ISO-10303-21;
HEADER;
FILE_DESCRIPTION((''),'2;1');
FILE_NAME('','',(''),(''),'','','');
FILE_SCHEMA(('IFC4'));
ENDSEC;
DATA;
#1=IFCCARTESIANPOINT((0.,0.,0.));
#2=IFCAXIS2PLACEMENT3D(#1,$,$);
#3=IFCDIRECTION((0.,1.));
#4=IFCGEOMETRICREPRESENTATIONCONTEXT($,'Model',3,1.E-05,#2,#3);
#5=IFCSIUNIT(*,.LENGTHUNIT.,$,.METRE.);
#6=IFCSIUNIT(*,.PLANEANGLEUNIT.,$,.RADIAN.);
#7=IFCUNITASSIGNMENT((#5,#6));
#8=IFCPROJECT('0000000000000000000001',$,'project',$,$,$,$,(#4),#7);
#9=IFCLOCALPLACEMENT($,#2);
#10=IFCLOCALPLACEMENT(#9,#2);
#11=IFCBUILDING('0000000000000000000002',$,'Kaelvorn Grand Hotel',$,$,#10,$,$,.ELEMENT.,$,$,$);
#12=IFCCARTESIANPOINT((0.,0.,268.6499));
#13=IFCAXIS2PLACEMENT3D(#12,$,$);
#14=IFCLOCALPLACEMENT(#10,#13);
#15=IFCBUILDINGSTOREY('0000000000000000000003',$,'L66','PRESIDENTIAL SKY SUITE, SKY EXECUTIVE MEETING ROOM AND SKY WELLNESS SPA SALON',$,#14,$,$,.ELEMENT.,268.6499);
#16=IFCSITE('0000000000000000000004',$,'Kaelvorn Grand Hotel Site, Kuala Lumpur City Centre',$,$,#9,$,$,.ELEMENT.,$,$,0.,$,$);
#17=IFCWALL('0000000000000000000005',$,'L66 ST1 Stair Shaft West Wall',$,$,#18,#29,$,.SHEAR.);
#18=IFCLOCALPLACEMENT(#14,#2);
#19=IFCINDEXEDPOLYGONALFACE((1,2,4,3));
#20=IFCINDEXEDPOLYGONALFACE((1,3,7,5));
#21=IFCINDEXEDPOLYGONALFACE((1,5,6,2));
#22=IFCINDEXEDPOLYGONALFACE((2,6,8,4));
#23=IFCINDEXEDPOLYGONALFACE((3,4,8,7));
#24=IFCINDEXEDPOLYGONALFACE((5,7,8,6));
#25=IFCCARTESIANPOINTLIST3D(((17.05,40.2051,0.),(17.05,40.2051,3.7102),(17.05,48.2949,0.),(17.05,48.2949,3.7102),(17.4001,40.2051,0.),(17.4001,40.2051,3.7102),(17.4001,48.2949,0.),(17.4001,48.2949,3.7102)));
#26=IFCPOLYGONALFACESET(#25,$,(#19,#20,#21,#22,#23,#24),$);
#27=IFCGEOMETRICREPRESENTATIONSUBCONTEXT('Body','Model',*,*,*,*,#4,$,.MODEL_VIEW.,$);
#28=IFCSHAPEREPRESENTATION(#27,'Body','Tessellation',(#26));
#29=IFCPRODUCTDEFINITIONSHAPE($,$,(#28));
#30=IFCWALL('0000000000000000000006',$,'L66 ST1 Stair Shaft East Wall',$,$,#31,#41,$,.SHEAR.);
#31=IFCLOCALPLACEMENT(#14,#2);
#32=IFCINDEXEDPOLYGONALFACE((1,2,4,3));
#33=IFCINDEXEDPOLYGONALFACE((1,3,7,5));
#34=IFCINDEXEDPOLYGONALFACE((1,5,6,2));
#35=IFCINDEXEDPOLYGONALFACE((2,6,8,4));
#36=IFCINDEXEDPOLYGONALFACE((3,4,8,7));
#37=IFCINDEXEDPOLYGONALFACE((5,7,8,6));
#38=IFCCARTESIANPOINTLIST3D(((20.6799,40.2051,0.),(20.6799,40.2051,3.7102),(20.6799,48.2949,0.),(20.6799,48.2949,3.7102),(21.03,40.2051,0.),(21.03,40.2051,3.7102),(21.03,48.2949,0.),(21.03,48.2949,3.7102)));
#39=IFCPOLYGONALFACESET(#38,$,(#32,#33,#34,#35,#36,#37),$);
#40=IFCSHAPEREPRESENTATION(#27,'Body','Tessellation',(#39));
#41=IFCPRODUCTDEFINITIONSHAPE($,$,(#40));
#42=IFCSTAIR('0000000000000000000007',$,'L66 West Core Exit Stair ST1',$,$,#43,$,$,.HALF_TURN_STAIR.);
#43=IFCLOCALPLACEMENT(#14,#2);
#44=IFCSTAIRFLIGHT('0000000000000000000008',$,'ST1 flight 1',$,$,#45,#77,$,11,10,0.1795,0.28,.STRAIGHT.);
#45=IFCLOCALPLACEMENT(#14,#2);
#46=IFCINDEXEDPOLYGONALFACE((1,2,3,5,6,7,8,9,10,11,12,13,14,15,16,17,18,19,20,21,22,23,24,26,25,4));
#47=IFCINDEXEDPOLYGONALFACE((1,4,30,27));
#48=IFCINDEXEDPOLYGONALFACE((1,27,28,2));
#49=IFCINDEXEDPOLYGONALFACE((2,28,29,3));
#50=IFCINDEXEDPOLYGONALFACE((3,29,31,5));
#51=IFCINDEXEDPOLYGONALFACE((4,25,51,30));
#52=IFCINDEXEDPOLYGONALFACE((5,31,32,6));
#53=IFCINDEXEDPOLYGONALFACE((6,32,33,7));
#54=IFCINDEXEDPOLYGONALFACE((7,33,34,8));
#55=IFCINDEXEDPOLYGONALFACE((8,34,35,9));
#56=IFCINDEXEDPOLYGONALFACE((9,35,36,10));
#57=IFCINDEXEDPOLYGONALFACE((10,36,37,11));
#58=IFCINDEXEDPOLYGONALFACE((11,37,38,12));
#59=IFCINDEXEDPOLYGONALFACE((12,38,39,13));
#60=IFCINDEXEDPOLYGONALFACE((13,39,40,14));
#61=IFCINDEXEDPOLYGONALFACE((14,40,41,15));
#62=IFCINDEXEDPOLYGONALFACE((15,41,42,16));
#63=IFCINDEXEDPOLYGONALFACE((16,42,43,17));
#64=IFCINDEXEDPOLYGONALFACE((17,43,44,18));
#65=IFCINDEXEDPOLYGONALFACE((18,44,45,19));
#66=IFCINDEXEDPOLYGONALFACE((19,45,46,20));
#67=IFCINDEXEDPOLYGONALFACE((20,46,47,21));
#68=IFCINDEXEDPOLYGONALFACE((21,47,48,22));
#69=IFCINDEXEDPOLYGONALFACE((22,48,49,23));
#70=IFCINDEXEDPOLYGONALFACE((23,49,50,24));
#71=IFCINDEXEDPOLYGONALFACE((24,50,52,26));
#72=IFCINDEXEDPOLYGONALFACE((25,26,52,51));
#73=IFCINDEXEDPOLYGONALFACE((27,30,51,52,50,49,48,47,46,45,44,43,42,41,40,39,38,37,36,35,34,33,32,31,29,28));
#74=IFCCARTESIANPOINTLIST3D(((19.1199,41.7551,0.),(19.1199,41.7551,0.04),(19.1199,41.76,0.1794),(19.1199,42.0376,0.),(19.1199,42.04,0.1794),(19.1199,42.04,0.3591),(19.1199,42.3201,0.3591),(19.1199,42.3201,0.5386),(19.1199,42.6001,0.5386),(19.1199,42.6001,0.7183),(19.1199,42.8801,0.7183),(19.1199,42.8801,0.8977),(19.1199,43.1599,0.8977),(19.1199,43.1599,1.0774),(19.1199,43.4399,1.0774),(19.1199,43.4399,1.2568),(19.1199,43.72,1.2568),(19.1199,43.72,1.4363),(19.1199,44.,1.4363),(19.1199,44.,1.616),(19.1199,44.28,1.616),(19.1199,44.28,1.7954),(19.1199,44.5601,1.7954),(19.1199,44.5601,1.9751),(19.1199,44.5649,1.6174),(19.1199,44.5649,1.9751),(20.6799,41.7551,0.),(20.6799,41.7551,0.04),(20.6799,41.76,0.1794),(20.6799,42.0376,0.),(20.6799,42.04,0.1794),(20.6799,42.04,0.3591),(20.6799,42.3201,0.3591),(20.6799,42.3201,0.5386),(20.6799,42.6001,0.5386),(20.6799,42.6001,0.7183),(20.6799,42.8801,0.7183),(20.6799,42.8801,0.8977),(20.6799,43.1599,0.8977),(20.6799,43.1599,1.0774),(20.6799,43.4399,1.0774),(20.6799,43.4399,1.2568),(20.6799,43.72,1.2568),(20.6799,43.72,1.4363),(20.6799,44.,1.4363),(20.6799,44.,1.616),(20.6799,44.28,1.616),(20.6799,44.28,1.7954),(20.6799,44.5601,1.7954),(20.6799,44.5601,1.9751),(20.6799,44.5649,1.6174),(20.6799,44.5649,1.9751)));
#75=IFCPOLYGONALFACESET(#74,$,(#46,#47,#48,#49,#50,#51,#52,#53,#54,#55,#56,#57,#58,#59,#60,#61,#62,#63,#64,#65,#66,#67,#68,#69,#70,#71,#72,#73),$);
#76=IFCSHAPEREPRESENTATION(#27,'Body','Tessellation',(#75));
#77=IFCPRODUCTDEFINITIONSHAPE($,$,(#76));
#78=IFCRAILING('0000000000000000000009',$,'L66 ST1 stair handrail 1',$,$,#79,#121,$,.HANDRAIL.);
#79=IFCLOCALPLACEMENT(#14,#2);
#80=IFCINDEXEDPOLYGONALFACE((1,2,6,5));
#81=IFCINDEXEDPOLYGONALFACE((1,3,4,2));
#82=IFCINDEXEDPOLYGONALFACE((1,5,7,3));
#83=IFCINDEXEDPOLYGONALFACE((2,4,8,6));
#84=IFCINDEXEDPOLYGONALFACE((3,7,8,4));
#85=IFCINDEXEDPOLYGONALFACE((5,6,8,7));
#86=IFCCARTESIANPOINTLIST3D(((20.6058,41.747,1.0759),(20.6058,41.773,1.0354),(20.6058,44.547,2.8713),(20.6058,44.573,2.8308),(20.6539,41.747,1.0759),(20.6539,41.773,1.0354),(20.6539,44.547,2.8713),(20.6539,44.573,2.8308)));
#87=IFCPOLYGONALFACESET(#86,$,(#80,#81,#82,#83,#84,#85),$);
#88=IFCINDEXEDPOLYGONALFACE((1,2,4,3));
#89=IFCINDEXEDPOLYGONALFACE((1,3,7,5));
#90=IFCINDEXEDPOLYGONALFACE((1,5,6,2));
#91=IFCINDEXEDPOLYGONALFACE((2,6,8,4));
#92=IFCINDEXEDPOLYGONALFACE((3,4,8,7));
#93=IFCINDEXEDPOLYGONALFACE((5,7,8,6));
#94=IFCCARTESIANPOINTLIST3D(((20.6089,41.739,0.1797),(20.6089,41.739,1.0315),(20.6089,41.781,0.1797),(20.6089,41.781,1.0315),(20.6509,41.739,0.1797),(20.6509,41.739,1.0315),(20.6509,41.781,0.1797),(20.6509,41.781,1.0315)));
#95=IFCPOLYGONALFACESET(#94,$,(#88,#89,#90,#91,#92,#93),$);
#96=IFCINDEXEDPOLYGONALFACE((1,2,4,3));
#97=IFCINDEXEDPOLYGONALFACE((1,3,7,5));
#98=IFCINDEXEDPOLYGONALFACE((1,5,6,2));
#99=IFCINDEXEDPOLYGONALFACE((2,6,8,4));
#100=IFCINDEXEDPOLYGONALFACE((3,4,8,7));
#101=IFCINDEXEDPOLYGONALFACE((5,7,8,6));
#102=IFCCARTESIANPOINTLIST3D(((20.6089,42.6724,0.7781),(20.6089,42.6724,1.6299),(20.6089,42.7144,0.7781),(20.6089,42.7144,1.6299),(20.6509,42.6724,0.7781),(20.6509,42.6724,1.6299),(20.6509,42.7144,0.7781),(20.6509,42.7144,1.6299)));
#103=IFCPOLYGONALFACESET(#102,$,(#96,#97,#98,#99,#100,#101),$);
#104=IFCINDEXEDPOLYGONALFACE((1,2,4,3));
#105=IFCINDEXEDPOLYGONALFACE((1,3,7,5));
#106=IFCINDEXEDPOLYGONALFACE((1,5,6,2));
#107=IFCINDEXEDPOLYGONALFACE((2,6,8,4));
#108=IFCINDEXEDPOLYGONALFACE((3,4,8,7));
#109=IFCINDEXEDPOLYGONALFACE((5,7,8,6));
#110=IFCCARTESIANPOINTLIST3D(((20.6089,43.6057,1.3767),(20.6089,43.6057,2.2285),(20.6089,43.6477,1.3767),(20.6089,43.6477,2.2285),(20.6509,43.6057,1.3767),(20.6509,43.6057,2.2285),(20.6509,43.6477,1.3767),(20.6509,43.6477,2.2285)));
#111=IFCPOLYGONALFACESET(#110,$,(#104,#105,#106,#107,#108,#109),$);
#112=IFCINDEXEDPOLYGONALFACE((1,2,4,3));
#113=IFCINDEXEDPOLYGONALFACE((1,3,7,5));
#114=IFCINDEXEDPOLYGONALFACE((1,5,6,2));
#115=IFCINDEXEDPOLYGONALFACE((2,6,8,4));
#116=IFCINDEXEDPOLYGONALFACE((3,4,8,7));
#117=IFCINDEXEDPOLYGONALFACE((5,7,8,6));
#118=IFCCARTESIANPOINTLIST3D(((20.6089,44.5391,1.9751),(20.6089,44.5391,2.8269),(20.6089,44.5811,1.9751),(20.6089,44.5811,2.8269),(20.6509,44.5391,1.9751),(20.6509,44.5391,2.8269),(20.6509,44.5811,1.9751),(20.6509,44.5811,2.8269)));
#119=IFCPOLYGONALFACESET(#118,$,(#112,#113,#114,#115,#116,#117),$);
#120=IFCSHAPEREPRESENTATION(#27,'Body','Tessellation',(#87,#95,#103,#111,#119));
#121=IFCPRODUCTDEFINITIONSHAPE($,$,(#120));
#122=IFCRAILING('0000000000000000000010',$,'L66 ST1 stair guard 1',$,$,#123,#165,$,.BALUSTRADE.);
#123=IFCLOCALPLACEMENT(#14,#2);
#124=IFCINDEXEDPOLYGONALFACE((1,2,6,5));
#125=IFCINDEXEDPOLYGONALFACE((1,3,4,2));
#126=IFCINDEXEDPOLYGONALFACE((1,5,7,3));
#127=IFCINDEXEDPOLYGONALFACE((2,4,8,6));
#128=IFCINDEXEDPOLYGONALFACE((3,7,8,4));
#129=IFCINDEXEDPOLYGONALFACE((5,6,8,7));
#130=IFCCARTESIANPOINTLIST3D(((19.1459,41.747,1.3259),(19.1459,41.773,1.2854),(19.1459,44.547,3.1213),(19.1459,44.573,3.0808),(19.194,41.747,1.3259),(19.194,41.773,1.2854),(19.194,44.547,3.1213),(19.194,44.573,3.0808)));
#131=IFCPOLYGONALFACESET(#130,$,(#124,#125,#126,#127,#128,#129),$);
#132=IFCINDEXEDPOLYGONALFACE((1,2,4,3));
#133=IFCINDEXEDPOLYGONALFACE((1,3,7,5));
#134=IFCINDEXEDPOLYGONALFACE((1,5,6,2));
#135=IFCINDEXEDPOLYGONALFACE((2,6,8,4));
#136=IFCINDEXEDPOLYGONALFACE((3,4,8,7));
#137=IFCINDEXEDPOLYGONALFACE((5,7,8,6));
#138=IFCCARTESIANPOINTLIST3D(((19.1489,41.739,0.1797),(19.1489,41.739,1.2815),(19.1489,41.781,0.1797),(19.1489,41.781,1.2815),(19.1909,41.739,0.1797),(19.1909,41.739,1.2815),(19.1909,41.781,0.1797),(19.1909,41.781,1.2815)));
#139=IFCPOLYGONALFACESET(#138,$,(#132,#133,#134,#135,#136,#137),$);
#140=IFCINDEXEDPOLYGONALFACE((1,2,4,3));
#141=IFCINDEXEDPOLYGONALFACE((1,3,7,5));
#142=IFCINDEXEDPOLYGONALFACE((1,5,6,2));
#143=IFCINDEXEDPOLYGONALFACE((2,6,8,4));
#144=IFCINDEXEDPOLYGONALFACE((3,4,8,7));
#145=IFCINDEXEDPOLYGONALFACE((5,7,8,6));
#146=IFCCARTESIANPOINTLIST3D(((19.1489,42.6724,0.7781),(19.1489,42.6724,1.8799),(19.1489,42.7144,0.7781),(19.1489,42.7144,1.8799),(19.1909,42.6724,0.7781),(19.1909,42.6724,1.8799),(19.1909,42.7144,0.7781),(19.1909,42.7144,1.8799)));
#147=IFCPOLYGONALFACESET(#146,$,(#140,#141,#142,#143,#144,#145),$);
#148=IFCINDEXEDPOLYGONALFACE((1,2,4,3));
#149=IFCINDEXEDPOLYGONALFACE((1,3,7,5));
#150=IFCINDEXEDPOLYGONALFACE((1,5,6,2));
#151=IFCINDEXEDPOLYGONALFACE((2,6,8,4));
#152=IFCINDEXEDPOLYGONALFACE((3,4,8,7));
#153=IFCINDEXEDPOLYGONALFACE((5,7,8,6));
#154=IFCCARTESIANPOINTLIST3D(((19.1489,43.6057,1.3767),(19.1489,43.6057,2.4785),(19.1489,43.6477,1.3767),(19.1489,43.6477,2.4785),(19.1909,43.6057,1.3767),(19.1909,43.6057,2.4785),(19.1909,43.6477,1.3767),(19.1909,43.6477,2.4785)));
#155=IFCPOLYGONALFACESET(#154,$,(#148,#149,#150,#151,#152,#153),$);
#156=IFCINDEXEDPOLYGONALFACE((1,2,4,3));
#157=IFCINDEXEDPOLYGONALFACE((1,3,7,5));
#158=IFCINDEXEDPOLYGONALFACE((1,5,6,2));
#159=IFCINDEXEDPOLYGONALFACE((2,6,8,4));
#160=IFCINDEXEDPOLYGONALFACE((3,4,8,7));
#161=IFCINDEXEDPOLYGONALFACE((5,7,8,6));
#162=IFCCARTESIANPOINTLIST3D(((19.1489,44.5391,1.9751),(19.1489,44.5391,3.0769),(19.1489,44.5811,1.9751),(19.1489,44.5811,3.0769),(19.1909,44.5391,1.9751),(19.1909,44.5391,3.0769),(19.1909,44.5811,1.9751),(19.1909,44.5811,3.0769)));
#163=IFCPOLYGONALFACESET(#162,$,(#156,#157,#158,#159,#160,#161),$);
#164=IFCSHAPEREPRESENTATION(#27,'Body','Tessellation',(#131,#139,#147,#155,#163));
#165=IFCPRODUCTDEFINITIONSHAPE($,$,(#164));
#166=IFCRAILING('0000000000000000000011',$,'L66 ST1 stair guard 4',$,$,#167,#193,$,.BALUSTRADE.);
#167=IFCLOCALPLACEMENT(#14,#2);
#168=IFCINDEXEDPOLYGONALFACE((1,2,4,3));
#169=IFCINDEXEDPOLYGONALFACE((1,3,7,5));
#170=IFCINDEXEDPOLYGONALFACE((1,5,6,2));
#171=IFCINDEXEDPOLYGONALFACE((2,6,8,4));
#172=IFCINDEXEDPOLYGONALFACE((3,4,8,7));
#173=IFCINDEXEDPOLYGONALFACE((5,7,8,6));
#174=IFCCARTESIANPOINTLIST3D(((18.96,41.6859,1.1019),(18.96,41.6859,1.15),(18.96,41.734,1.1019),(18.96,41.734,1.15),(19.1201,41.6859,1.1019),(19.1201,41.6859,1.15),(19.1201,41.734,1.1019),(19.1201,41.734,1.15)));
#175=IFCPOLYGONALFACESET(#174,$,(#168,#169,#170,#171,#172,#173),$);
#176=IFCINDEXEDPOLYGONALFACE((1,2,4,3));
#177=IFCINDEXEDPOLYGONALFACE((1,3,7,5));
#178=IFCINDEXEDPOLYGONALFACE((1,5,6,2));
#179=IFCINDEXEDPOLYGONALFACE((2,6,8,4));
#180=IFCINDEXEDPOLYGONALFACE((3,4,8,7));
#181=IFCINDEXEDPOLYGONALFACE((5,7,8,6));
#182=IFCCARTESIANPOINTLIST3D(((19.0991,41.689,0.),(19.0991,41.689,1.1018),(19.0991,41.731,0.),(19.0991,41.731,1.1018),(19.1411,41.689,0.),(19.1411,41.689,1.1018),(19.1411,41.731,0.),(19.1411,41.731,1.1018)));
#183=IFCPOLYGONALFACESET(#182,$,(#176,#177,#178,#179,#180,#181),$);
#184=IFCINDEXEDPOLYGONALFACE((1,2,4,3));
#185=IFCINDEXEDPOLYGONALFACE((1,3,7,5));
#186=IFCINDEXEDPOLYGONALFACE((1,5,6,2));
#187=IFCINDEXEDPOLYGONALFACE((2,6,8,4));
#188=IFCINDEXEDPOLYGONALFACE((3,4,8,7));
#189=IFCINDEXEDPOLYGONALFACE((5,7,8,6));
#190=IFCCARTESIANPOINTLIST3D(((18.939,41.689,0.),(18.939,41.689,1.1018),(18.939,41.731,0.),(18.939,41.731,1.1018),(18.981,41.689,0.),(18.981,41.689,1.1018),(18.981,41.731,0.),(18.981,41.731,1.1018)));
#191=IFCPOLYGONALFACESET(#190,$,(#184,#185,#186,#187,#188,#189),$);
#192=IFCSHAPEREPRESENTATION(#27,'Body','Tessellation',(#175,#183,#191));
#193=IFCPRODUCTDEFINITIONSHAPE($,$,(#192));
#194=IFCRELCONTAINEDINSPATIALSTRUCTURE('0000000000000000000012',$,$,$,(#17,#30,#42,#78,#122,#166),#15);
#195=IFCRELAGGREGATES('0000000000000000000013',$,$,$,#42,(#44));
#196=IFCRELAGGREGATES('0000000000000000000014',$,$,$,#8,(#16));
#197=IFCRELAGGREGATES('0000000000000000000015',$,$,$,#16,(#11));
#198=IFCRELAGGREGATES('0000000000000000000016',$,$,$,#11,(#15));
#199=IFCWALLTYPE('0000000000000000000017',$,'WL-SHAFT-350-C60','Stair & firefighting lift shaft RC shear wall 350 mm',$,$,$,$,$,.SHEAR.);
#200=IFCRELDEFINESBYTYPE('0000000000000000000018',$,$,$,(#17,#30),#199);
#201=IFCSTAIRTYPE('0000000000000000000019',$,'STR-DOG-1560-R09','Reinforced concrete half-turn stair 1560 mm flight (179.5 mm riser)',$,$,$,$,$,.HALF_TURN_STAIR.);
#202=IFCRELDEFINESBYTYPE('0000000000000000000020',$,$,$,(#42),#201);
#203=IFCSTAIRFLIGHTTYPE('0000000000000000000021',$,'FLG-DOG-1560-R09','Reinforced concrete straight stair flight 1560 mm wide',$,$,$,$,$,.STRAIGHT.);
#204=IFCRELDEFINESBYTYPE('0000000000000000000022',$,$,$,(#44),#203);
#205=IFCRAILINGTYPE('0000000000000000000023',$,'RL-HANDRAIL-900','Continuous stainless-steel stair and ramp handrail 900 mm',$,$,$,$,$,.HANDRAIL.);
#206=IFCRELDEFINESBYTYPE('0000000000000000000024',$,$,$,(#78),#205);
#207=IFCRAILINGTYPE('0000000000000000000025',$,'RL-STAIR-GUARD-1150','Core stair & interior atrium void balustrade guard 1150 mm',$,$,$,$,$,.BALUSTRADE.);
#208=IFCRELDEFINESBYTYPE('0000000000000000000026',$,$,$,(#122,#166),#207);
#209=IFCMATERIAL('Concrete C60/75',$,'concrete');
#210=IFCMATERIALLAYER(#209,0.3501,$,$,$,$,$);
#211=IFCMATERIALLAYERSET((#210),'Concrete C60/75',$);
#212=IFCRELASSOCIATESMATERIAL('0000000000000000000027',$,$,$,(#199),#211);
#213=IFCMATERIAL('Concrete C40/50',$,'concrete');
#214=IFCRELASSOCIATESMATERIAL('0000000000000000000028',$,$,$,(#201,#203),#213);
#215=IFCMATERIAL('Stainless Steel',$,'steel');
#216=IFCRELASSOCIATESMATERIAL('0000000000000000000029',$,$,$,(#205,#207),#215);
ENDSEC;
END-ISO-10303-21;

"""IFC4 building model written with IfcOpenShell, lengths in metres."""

from ifc_helpers import new_model, si_unit, direction, frame, frame_2d, origin, origin_2d, place, context, subcontext, project, spatial, polyline, rectangle, outline, extrude, material, layer, layer_set, type_object, element, aggregate, save


model = new_model("IFC4")

# Units and contexts
model_context = context("Model", 3, precision=1e-05, world=origin(), true_north=direction((0.0, 1.0)))
body_context = subcontext(model_context, "Body", "Model", "MODEL_VIEW")
ifc_project = project(units=[si_unit("LENGTHUNIT", "METRE"), si_unit("PLANEANGLEUNIT", "RADIAN")], contexts=[model_context])

# Site, building, storey
site_placement = place(None, origin())
site = spatial("IfcSite", under=ifc_project, at=site_placement, Name="Kaelvorn Grand Hotel Site, Kuala Lumpur City Centre", CompositionType="ELEMENT", RefElevation=0.0)
building_placement = place(site_placement, origin())
building = spatial("IfcBuilding", under=site, at=building_placement, Name="Kaelvorn Grand Hotel", CompositionType="ELEMENT")
storey_placement = place(building_placement, frame((0.0, 0.0, 268.6499)))
storey = spatial("IfcBuildingStorey", under=building, at=storey_placement, Name="L66", Description="PRESIDENTIAL SKY SUITE, SKY EXECUTIVE MEETING ROOM AND SKY WELLNESS SPA SALON", CompositionType="ELEMENT", Elevation=268.6499)

# Shared definitions
ifc_material_1 = material(Name="Concrete C40/50", Category="concrete")

# Shared definitions
ifc_material_2 = material(Name="Stainless Steel", Category="steel")
ifc_material_3 = material(Name="Concrete C60/75", Category="concrete")
ifc_layer_1 = layer(ifc_material_3, 0.3501)
ifc_layer_set_1 = layer_set([ifc_layer_1], Name="Concrete C60/75")
wall_type_1 = type_object("IfcWallType", Name="WL-SHAFT-350-C60", Description="Stair & firefighting lift shaft RC shear wall 350 mm", PredefinedType="SHEAR", material=ifc_layer_set_1)

# Walls
for number, where, z_axis, x_axis, name in (
    (1, (17.2251, 40.2051, 0.0), (0.0, 0.0, 1.0), (0.0, 1.0, 0.0), "L66 ST1 Stair Shaft West Wall"),
    (2, (20.855, 40.2051, 0.0), (0.0, 0.0, 1.0), (0.0, 1.0, 0.0), "L66 ST1 Stair Shaft East Wall"),
):
    element("IfcWall", number, at=place(storey_placement, frame(where, z_axis=z_axis, x_axis=x_axis)), inside=storey, type_object=wall_type_1, Name=name, PredefinedType="SHEAR", context=body_context, shape_type="SweptSolid", body=[
        extrude(rectangle(XDim=8.0898, YDim=0.3501, at=frame_2d((4.0449, 0.0))), origin(), (0.0, 0.0, 1.0), 3.7102),
    ])

# Stair, stair flight
stair_type = type_object("IfcStairType", Name="STR-DOG-1560-R09", Description="Reinforced concrete half-turn stair 1560 mm flight (179.5 mm riser)", PredefinedType="HALF_TURN_STAIR", material=ifc_material_1)
stair_placement = place(storey_placement, origin())
stair = element("IfcStair", 3, at=stair_placement, inside=storey, type_object=stair_type, Name="L66 West Core Exit Stair ST1", PredefinedType="HALF_TURN_STAIR")
stair_flight_type = type_object("IfcStairFlightType", Name="FLG-DOG-1560-R09", Description="Reinforced concrete straight stair flight 1560 mm wide", PredefinedType="STRAIGHT", material=ifc_material_1)
stair_flight_placement = place(storey_placement, frame((19.8999, 41.76, 0.0), z_axis=(0.0, 0.0, 1.0), x_axis=(0.0, 1.0, 0.0)))
stair_flight = element("IfcStairFlight", 4, at=stair_flight_placement, type_object=stair_flight_type, Name="ST1 flight 1", NumberOfRisers=11, NumberOfTreads=10, PredefinedType="STRAIGHT", RiserHeight=0.1795, TreadLength=0.28, context=body_context, shape_type="SweptSolid", body=[
    extrude(outline(polyline([(-0.0049, 0.0), (-0.0049, 0.04), (0.0, 0.1794), (0.28, 0.1794), (0.28, 0.3591), (0.5601, 0.3591), (0.5601, 0.5386), (0.8401, 0.5386), (0.8401, 0.7183), (1.1201, 0.7183), (1.1201, 0.8977), (1.3999, 0.8977), (1.3999, 1.0774), (1.6799, 1.0774), (1.6799, 1.2568), (1.96, 1.2568), (1.96, 1.4363), (2.24, 1.4363), (2.24, 1.616), (2.52, 1.616), (2.52, 1.7954), (2.8, 1.7954), (2.8, 1.9751), (2.8049, 1.9751), (2.8049, 1.6174), (0.2776, 0.0), (-0.0049, 0.0)])), frame((0.0, 0.78, 0.0), z_axis=(0.0, -1.0, 0.0), x_axis=(1.0, 0.0, 0.0)), (0.0, 0.0, 1.0), 1.5601),
])
aggregate(stair, [stair_flight])

# Railings
railing_type_1 = type_object("IfcRailingType", Name="RL-HANDRAIL-900", Description="Continuous stainless-steel stair and ramp handrail 900 mm", PredefinedType="HANDRAIL", material=ifc_material_2)
railing_1_placement = place(storey_placement, frame((20.6299, 41.76, 0.1797)))
element("IfcRailing", 5, at=railing_1_placement, inside=storey, type_object=railing_type_1, Name="L66 ST1 stair handrail 1", PredefinedType="HANDRAIL", context=body_context, shape_type="SweptSolid", body=[
    extrude(rectangle(XDim=0.0481, YDim=0.0481, at=origin_2d()), frame((0.0, 0.0, 0.876), z_axis=(0.0, 0.84181, 0.539774), x_axis=(-1.0, 0.0, 0.0)), (0.0, 0.0, 1.0), 3.3262),
    extrude(rectangle(XDim=0.042, YDim=0.042, at=origin_2d()), origin(), (0.0, 0.0, 1.0), 0.8518),
    extrude(rectangle(XDim=0.042, YDim=0.042, at=origin_2d()), frame((0.0, 0.9333, 0.5984)), (0.0, 0.0, 1.0), 0.8518),
    extrude(rectangle(XDim=0.042, YDim=0.042, at=origin_2d()), frame((0.0, 1.8667, 1.197)), (0.0, 0.0, 1.0), 0.8518),
    extrude(rectangle(XDim=0.042, YDim=0.042, at=origin_2d()), frame((0.0, 2.8, 1.7954)), (0.0, 0.0, 1.0), 0.8518),
])
railing_type_2 = type_object("IfcRailingType", Name="RL-STAIR-GUARD-1150", Description="Core stair & interior atrium void balustrade guard 1150 mm", PredefinedType="BALUSTRADE", material=ifc_material_2)
railing_2_placement = place(storey_placement, frame((19.1699, 41.76, 0.1797)))
element("IfcRailing", 6, at=railing_2_placement, inside=storey, type_object=railing_type_2, Name="L66 ST1 stair guard 1", PredefinedType="BALUSTRADE", context=body_context, shape_type="SweptSolid", body=[
    extrude(rectangle(XDim=0.0481, YDim=0.0481, at=origin_2d()), frame((0.0, 0.0, 1.126), z_axis=(0.0, 0.84181, 0.539774), x_axis=(-1.0, 0.0, 0.0)), (0.0, 0.0, 1.0), 3.3262),
    extrude(rectangle(XDim=0.042, YDim=0.042, at=origin_2d()), origin(), (0.0, 0.0, 1.0), 1.1018),
    extrude(rectangle(XDim=0.042, YDim=0.042, at=origin_2d()), frame((0.0, 0.9333, 0.5984)), (0.0, 0.0, 1.0), 1.1018),
    extrude(rectangle(XDim=0.042, YDim=0.042, at=origin_2d()), frame((0.0, 1.8667, 1.197)), (0.0, 0.0, 1.0), 1.1018),
    extrude(rectangle(XDim=0.042, YDim=0.042, at=origin_2d()), frame((0.0, 2.8, 1.7954)), (0.0, 0.0, 1.0), 1.1018),
])
railing_3_placement = place(storey_placement, frame((19.1201, 41.71, 0.0)))
element("IfcRailing", 7, at=railing_3_placement, inside=storey, type_object=railing_type_2, Name="L66 ST1 stair guard 4", PredefinedType="BALUSTRADE", context=body_context, shape_type="SweptSolid", body=[
    extrude(rectangle(XDim=0.0481, YDim=0.0481, at=origin_2d()), frame((0.0, 0.0, 1.126), z_axis=(-1.0, 0.0, 0.0), x_axis=(0.0, -1.0, 0.0)), (0.0, 0.0, 1.0), 0.1602),
    extrude(rectangle(XDim=0.042, YDim=0.042, at=origin_2d()), origin(), (0.0, 0.0, 1.0), 1.1018),
    extrude(rectangle(XDim=0.042, YDim=0.042, at=origin_2d()), frame((-0.1602, 0.0, 0.0)), (0.0, 0.0, 1.0), 1.1018),
])

save(model, "model.ifc")
